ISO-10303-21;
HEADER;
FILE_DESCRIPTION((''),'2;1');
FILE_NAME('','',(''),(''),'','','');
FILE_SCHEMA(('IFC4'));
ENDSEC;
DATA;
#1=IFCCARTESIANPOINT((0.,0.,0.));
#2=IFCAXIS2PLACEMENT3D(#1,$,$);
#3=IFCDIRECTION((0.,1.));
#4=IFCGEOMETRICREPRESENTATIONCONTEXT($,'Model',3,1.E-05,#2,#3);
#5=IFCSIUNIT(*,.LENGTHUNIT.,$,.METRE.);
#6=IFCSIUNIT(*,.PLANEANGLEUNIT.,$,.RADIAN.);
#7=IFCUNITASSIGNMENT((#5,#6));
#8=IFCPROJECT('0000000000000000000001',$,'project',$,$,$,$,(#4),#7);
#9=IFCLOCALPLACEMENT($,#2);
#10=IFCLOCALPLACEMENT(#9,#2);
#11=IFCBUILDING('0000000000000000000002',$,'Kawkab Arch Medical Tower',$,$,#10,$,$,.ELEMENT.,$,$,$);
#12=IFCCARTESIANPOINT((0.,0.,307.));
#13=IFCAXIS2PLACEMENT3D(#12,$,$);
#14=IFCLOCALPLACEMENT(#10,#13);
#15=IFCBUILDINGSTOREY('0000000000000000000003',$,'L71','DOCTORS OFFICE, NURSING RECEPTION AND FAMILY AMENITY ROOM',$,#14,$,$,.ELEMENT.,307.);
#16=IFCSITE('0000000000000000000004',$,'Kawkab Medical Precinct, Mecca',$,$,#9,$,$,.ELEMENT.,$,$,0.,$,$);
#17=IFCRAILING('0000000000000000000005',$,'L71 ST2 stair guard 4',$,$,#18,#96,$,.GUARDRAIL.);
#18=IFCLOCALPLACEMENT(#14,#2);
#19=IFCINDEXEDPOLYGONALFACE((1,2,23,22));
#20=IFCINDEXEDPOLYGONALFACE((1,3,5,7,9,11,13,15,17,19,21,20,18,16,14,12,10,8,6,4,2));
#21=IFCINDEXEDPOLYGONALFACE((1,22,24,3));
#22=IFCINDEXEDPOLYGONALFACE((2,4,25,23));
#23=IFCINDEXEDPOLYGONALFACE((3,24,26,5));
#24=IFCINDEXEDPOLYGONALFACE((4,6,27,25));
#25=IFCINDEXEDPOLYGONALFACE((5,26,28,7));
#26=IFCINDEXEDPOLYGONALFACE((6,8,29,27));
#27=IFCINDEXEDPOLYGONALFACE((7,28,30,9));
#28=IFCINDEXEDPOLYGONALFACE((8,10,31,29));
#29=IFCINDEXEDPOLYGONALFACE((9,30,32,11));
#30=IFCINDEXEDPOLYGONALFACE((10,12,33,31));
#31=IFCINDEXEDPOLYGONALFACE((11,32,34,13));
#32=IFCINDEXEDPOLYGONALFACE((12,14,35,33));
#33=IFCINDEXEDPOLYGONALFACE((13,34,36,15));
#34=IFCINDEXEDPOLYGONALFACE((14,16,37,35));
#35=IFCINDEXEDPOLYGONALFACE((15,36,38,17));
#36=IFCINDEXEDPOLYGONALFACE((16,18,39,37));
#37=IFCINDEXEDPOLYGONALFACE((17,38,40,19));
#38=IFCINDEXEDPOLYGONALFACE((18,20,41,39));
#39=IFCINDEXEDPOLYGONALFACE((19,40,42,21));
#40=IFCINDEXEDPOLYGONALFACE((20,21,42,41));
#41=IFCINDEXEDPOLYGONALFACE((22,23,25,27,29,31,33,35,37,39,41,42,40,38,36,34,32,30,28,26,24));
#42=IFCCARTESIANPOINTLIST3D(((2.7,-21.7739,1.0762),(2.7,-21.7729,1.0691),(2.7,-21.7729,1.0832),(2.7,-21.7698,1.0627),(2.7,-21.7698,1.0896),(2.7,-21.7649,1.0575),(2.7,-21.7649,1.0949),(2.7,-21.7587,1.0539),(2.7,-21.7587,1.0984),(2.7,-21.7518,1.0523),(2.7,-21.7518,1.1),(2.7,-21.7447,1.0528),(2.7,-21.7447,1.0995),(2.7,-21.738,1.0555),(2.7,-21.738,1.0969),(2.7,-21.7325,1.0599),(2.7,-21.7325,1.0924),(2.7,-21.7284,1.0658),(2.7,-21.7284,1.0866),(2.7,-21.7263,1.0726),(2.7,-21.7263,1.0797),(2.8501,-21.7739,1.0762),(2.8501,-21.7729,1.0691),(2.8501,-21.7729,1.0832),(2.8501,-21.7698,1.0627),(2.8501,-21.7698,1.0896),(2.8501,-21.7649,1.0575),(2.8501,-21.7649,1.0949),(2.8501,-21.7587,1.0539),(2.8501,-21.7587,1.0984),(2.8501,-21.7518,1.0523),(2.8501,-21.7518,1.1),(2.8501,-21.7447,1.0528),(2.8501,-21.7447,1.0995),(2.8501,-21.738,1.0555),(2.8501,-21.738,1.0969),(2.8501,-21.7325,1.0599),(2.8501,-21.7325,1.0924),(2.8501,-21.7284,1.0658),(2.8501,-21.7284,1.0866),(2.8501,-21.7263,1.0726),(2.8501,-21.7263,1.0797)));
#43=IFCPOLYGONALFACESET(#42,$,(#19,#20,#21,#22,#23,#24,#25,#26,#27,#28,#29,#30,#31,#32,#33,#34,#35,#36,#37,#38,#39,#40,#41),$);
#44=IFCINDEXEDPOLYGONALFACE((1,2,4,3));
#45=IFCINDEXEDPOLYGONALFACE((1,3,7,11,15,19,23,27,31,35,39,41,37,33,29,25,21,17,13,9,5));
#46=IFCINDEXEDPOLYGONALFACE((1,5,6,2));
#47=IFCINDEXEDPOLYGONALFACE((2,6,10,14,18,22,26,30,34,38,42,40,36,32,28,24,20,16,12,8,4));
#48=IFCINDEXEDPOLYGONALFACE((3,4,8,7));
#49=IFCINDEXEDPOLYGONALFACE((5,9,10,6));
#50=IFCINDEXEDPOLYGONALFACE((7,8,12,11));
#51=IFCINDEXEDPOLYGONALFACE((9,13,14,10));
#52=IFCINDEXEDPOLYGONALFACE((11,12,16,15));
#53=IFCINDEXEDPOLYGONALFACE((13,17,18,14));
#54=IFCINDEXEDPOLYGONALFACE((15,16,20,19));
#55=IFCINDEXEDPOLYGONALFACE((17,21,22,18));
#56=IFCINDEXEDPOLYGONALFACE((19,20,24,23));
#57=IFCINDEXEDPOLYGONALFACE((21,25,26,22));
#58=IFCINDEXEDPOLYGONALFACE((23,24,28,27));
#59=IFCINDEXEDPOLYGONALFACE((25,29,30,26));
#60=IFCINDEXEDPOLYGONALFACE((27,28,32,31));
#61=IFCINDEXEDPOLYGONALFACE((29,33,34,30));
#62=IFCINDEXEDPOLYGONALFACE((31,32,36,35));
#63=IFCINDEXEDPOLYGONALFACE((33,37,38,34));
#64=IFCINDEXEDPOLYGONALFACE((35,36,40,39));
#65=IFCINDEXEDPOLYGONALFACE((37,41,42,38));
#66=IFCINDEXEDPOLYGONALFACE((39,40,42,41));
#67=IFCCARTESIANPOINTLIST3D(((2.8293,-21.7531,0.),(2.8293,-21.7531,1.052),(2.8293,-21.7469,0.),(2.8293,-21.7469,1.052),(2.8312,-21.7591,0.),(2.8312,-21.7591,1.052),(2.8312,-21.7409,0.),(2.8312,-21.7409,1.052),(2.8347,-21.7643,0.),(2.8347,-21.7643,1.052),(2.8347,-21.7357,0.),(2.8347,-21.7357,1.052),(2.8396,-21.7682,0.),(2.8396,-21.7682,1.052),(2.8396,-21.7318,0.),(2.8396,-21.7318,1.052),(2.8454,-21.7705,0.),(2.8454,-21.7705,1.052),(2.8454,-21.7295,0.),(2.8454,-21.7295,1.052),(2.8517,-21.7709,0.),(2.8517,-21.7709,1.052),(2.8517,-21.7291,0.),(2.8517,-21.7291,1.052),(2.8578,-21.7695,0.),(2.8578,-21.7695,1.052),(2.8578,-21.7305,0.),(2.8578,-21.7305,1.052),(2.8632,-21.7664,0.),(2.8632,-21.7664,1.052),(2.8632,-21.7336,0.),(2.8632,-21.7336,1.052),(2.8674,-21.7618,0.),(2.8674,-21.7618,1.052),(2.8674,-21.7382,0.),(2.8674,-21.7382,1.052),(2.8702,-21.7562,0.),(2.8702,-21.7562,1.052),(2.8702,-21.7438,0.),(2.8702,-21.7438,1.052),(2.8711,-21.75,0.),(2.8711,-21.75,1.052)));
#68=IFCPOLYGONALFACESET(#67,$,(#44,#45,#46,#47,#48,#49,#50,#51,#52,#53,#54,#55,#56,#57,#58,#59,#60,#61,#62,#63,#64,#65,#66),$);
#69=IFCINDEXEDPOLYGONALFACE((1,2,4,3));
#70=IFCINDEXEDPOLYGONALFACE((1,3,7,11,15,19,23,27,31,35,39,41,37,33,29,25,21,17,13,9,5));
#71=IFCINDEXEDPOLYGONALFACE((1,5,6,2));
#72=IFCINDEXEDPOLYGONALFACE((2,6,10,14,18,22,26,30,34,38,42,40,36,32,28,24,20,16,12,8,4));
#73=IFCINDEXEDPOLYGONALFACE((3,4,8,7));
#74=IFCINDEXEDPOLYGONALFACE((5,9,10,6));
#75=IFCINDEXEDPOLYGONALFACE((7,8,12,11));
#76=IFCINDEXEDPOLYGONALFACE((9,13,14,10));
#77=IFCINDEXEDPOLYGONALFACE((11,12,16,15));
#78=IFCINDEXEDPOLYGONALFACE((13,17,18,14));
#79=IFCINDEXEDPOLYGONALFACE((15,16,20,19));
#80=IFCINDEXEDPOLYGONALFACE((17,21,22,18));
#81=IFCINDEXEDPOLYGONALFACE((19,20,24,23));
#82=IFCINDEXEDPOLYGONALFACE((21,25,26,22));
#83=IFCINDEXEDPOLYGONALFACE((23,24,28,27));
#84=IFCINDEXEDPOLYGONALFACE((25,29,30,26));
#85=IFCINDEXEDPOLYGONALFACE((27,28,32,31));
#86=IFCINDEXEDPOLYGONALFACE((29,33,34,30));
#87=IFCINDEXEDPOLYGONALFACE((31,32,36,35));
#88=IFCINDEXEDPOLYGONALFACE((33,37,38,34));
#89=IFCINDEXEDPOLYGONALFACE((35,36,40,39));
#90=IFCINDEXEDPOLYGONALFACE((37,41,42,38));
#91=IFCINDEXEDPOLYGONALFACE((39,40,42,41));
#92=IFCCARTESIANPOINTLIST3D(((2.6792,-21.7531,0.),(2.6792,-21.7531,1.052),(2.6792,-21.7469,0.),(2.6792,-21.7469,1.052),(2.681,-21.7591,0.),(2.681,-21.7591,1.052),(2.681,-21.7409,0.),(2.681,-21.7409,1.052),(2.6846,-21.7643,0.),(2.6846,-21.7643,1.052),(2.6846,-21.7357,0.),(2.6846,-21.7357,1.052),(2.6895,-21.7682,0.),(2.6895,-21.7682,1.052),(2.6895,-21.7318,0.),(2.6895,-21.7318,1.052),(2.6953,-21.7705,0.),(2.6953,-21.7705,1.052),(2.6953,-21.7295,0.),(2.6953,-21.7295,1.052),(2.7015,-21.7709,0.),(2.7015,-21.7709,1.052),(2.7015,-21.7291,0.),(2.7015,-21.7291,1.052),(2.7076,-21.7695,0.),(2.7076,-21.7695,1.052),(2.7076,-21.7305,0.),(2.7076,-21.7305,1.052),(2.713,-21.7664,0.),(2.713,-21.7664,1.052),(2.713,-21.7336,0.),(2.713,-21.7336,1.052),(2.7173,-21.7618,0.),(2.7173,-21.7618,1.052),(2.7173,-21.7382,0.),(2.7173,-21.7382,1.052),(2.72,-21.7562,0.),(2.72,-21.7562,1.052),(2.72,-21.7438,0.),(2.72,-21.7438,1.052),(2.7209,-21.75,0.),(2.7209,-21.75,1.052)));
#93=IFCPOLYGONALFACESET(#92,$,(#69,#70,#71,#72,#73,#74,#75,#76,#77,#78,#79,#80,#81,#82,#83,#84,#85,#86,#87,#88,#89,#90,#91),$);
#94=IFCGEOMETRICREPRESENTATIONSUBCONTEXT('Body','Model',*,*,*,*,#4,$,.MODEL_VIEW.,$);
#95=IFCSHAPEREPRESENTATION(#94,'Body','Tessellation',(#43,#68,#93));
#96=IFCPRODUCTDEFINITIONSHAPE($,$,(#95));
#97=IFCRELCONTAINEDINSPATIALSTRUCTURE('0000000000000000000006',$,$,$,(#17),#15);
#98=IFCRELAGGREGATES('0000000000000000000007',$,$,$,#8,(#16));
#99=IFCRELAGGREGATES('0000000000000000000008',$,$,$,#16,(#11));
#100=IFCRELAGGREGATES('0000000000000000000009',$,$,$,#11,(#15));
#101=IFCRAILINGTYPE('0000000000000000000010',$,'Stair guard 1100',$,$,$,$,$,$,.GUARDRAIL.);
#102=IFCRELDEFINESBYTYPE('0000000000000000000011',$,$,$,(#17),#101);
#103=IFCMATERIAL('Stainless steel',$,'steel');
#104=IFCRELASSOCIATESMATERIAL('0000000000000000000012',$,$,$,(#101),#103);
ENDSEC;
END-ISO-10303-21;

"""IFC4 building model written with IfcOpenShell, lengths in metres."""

from ifc_helpers import new_model, si_unit, direction, frame, origin, origin_2d, place, context, subcontext, project, spatial, circle, extrude, material, type_object, element, save


model = new_model("IFC4")

# Units and contexts
model_context = context("Model", 3, precision=1e-05, world=origin(), true_north=direction((0.0, 1.0)))
body_context = subcontext(model_context, "Body", "Model", "MODEL_VIEW")
ifc_project = project(units=[si_unit("LENGTHUNIT", "METRE"), si_unit("PLANEANGLEUNIT", "RADIAN")], contexts=[model_context])

# Site, building, storey
site_placement = place(None, origin())
site = spatial("IfcSite", under=ifc_project, at=site_placement, Name="Kawkab Medical Precinct, Mecca", CompositionType="ELEMENT", RefElevation=0.0)
building_placement = place(site_placement, origin())
building = spatial("IfcBuilding", under=site, at=building_placement, Name="Kawkab Arch Medical Tower", CompositionType="ELEMENT")
storey_placement = place(building_placement, frame((0.0, 0.0, 307.0)))
storey = spatial("IfcBuildingStorey", under=building, at=storey_placement, Name="L71", Description="DOCTORS OFFICE, NURSING RECEPTION AND FAMILY AMENITY ROOM", CompositionType="ELEMENT", Elevation=307.0)

# Railing
ifc_material_1 = material(Name="Stainless steel", Category="steel")
railing_type = type_object("IfcRailingType", Name="Stair guard 1100", PredefinedType="GUARDRAIL", material=ifc_material_1)
railing_1_placement = place(storey_placement, frame((2.8501, -21.75, 0.0)))
element("IfcRailing", 1, at=railing_1_placement, inside=storey, type_object=railing_type, Name="L71 ST2 stair guard 4", PredefinedType="GUARDRAIL", context=body_context, shape_type="SweptSolid", body=[
    extrude(circle(Radius=0.0239, at=origin_2d()), frame((0.0, 0.0, 1.0762), z_axis=(-1.0, 0.0, 0.0), x_axis=(0.0, -1.0, 0.0)), (0.0, 0.0, 1.0), 0.1501),
    extrude(circle(Radius=0.021, at=origin_2d()), origin(), (0.0, 0.0, 1.0), 1.052),
    extrude(circle(Radius=0.021, at=origin_2d()), frame((-0.1501, 0.0, 0.0)), (0.0, 0.0, 1.0), 1.052),
])

save(model, "model.ifc")
